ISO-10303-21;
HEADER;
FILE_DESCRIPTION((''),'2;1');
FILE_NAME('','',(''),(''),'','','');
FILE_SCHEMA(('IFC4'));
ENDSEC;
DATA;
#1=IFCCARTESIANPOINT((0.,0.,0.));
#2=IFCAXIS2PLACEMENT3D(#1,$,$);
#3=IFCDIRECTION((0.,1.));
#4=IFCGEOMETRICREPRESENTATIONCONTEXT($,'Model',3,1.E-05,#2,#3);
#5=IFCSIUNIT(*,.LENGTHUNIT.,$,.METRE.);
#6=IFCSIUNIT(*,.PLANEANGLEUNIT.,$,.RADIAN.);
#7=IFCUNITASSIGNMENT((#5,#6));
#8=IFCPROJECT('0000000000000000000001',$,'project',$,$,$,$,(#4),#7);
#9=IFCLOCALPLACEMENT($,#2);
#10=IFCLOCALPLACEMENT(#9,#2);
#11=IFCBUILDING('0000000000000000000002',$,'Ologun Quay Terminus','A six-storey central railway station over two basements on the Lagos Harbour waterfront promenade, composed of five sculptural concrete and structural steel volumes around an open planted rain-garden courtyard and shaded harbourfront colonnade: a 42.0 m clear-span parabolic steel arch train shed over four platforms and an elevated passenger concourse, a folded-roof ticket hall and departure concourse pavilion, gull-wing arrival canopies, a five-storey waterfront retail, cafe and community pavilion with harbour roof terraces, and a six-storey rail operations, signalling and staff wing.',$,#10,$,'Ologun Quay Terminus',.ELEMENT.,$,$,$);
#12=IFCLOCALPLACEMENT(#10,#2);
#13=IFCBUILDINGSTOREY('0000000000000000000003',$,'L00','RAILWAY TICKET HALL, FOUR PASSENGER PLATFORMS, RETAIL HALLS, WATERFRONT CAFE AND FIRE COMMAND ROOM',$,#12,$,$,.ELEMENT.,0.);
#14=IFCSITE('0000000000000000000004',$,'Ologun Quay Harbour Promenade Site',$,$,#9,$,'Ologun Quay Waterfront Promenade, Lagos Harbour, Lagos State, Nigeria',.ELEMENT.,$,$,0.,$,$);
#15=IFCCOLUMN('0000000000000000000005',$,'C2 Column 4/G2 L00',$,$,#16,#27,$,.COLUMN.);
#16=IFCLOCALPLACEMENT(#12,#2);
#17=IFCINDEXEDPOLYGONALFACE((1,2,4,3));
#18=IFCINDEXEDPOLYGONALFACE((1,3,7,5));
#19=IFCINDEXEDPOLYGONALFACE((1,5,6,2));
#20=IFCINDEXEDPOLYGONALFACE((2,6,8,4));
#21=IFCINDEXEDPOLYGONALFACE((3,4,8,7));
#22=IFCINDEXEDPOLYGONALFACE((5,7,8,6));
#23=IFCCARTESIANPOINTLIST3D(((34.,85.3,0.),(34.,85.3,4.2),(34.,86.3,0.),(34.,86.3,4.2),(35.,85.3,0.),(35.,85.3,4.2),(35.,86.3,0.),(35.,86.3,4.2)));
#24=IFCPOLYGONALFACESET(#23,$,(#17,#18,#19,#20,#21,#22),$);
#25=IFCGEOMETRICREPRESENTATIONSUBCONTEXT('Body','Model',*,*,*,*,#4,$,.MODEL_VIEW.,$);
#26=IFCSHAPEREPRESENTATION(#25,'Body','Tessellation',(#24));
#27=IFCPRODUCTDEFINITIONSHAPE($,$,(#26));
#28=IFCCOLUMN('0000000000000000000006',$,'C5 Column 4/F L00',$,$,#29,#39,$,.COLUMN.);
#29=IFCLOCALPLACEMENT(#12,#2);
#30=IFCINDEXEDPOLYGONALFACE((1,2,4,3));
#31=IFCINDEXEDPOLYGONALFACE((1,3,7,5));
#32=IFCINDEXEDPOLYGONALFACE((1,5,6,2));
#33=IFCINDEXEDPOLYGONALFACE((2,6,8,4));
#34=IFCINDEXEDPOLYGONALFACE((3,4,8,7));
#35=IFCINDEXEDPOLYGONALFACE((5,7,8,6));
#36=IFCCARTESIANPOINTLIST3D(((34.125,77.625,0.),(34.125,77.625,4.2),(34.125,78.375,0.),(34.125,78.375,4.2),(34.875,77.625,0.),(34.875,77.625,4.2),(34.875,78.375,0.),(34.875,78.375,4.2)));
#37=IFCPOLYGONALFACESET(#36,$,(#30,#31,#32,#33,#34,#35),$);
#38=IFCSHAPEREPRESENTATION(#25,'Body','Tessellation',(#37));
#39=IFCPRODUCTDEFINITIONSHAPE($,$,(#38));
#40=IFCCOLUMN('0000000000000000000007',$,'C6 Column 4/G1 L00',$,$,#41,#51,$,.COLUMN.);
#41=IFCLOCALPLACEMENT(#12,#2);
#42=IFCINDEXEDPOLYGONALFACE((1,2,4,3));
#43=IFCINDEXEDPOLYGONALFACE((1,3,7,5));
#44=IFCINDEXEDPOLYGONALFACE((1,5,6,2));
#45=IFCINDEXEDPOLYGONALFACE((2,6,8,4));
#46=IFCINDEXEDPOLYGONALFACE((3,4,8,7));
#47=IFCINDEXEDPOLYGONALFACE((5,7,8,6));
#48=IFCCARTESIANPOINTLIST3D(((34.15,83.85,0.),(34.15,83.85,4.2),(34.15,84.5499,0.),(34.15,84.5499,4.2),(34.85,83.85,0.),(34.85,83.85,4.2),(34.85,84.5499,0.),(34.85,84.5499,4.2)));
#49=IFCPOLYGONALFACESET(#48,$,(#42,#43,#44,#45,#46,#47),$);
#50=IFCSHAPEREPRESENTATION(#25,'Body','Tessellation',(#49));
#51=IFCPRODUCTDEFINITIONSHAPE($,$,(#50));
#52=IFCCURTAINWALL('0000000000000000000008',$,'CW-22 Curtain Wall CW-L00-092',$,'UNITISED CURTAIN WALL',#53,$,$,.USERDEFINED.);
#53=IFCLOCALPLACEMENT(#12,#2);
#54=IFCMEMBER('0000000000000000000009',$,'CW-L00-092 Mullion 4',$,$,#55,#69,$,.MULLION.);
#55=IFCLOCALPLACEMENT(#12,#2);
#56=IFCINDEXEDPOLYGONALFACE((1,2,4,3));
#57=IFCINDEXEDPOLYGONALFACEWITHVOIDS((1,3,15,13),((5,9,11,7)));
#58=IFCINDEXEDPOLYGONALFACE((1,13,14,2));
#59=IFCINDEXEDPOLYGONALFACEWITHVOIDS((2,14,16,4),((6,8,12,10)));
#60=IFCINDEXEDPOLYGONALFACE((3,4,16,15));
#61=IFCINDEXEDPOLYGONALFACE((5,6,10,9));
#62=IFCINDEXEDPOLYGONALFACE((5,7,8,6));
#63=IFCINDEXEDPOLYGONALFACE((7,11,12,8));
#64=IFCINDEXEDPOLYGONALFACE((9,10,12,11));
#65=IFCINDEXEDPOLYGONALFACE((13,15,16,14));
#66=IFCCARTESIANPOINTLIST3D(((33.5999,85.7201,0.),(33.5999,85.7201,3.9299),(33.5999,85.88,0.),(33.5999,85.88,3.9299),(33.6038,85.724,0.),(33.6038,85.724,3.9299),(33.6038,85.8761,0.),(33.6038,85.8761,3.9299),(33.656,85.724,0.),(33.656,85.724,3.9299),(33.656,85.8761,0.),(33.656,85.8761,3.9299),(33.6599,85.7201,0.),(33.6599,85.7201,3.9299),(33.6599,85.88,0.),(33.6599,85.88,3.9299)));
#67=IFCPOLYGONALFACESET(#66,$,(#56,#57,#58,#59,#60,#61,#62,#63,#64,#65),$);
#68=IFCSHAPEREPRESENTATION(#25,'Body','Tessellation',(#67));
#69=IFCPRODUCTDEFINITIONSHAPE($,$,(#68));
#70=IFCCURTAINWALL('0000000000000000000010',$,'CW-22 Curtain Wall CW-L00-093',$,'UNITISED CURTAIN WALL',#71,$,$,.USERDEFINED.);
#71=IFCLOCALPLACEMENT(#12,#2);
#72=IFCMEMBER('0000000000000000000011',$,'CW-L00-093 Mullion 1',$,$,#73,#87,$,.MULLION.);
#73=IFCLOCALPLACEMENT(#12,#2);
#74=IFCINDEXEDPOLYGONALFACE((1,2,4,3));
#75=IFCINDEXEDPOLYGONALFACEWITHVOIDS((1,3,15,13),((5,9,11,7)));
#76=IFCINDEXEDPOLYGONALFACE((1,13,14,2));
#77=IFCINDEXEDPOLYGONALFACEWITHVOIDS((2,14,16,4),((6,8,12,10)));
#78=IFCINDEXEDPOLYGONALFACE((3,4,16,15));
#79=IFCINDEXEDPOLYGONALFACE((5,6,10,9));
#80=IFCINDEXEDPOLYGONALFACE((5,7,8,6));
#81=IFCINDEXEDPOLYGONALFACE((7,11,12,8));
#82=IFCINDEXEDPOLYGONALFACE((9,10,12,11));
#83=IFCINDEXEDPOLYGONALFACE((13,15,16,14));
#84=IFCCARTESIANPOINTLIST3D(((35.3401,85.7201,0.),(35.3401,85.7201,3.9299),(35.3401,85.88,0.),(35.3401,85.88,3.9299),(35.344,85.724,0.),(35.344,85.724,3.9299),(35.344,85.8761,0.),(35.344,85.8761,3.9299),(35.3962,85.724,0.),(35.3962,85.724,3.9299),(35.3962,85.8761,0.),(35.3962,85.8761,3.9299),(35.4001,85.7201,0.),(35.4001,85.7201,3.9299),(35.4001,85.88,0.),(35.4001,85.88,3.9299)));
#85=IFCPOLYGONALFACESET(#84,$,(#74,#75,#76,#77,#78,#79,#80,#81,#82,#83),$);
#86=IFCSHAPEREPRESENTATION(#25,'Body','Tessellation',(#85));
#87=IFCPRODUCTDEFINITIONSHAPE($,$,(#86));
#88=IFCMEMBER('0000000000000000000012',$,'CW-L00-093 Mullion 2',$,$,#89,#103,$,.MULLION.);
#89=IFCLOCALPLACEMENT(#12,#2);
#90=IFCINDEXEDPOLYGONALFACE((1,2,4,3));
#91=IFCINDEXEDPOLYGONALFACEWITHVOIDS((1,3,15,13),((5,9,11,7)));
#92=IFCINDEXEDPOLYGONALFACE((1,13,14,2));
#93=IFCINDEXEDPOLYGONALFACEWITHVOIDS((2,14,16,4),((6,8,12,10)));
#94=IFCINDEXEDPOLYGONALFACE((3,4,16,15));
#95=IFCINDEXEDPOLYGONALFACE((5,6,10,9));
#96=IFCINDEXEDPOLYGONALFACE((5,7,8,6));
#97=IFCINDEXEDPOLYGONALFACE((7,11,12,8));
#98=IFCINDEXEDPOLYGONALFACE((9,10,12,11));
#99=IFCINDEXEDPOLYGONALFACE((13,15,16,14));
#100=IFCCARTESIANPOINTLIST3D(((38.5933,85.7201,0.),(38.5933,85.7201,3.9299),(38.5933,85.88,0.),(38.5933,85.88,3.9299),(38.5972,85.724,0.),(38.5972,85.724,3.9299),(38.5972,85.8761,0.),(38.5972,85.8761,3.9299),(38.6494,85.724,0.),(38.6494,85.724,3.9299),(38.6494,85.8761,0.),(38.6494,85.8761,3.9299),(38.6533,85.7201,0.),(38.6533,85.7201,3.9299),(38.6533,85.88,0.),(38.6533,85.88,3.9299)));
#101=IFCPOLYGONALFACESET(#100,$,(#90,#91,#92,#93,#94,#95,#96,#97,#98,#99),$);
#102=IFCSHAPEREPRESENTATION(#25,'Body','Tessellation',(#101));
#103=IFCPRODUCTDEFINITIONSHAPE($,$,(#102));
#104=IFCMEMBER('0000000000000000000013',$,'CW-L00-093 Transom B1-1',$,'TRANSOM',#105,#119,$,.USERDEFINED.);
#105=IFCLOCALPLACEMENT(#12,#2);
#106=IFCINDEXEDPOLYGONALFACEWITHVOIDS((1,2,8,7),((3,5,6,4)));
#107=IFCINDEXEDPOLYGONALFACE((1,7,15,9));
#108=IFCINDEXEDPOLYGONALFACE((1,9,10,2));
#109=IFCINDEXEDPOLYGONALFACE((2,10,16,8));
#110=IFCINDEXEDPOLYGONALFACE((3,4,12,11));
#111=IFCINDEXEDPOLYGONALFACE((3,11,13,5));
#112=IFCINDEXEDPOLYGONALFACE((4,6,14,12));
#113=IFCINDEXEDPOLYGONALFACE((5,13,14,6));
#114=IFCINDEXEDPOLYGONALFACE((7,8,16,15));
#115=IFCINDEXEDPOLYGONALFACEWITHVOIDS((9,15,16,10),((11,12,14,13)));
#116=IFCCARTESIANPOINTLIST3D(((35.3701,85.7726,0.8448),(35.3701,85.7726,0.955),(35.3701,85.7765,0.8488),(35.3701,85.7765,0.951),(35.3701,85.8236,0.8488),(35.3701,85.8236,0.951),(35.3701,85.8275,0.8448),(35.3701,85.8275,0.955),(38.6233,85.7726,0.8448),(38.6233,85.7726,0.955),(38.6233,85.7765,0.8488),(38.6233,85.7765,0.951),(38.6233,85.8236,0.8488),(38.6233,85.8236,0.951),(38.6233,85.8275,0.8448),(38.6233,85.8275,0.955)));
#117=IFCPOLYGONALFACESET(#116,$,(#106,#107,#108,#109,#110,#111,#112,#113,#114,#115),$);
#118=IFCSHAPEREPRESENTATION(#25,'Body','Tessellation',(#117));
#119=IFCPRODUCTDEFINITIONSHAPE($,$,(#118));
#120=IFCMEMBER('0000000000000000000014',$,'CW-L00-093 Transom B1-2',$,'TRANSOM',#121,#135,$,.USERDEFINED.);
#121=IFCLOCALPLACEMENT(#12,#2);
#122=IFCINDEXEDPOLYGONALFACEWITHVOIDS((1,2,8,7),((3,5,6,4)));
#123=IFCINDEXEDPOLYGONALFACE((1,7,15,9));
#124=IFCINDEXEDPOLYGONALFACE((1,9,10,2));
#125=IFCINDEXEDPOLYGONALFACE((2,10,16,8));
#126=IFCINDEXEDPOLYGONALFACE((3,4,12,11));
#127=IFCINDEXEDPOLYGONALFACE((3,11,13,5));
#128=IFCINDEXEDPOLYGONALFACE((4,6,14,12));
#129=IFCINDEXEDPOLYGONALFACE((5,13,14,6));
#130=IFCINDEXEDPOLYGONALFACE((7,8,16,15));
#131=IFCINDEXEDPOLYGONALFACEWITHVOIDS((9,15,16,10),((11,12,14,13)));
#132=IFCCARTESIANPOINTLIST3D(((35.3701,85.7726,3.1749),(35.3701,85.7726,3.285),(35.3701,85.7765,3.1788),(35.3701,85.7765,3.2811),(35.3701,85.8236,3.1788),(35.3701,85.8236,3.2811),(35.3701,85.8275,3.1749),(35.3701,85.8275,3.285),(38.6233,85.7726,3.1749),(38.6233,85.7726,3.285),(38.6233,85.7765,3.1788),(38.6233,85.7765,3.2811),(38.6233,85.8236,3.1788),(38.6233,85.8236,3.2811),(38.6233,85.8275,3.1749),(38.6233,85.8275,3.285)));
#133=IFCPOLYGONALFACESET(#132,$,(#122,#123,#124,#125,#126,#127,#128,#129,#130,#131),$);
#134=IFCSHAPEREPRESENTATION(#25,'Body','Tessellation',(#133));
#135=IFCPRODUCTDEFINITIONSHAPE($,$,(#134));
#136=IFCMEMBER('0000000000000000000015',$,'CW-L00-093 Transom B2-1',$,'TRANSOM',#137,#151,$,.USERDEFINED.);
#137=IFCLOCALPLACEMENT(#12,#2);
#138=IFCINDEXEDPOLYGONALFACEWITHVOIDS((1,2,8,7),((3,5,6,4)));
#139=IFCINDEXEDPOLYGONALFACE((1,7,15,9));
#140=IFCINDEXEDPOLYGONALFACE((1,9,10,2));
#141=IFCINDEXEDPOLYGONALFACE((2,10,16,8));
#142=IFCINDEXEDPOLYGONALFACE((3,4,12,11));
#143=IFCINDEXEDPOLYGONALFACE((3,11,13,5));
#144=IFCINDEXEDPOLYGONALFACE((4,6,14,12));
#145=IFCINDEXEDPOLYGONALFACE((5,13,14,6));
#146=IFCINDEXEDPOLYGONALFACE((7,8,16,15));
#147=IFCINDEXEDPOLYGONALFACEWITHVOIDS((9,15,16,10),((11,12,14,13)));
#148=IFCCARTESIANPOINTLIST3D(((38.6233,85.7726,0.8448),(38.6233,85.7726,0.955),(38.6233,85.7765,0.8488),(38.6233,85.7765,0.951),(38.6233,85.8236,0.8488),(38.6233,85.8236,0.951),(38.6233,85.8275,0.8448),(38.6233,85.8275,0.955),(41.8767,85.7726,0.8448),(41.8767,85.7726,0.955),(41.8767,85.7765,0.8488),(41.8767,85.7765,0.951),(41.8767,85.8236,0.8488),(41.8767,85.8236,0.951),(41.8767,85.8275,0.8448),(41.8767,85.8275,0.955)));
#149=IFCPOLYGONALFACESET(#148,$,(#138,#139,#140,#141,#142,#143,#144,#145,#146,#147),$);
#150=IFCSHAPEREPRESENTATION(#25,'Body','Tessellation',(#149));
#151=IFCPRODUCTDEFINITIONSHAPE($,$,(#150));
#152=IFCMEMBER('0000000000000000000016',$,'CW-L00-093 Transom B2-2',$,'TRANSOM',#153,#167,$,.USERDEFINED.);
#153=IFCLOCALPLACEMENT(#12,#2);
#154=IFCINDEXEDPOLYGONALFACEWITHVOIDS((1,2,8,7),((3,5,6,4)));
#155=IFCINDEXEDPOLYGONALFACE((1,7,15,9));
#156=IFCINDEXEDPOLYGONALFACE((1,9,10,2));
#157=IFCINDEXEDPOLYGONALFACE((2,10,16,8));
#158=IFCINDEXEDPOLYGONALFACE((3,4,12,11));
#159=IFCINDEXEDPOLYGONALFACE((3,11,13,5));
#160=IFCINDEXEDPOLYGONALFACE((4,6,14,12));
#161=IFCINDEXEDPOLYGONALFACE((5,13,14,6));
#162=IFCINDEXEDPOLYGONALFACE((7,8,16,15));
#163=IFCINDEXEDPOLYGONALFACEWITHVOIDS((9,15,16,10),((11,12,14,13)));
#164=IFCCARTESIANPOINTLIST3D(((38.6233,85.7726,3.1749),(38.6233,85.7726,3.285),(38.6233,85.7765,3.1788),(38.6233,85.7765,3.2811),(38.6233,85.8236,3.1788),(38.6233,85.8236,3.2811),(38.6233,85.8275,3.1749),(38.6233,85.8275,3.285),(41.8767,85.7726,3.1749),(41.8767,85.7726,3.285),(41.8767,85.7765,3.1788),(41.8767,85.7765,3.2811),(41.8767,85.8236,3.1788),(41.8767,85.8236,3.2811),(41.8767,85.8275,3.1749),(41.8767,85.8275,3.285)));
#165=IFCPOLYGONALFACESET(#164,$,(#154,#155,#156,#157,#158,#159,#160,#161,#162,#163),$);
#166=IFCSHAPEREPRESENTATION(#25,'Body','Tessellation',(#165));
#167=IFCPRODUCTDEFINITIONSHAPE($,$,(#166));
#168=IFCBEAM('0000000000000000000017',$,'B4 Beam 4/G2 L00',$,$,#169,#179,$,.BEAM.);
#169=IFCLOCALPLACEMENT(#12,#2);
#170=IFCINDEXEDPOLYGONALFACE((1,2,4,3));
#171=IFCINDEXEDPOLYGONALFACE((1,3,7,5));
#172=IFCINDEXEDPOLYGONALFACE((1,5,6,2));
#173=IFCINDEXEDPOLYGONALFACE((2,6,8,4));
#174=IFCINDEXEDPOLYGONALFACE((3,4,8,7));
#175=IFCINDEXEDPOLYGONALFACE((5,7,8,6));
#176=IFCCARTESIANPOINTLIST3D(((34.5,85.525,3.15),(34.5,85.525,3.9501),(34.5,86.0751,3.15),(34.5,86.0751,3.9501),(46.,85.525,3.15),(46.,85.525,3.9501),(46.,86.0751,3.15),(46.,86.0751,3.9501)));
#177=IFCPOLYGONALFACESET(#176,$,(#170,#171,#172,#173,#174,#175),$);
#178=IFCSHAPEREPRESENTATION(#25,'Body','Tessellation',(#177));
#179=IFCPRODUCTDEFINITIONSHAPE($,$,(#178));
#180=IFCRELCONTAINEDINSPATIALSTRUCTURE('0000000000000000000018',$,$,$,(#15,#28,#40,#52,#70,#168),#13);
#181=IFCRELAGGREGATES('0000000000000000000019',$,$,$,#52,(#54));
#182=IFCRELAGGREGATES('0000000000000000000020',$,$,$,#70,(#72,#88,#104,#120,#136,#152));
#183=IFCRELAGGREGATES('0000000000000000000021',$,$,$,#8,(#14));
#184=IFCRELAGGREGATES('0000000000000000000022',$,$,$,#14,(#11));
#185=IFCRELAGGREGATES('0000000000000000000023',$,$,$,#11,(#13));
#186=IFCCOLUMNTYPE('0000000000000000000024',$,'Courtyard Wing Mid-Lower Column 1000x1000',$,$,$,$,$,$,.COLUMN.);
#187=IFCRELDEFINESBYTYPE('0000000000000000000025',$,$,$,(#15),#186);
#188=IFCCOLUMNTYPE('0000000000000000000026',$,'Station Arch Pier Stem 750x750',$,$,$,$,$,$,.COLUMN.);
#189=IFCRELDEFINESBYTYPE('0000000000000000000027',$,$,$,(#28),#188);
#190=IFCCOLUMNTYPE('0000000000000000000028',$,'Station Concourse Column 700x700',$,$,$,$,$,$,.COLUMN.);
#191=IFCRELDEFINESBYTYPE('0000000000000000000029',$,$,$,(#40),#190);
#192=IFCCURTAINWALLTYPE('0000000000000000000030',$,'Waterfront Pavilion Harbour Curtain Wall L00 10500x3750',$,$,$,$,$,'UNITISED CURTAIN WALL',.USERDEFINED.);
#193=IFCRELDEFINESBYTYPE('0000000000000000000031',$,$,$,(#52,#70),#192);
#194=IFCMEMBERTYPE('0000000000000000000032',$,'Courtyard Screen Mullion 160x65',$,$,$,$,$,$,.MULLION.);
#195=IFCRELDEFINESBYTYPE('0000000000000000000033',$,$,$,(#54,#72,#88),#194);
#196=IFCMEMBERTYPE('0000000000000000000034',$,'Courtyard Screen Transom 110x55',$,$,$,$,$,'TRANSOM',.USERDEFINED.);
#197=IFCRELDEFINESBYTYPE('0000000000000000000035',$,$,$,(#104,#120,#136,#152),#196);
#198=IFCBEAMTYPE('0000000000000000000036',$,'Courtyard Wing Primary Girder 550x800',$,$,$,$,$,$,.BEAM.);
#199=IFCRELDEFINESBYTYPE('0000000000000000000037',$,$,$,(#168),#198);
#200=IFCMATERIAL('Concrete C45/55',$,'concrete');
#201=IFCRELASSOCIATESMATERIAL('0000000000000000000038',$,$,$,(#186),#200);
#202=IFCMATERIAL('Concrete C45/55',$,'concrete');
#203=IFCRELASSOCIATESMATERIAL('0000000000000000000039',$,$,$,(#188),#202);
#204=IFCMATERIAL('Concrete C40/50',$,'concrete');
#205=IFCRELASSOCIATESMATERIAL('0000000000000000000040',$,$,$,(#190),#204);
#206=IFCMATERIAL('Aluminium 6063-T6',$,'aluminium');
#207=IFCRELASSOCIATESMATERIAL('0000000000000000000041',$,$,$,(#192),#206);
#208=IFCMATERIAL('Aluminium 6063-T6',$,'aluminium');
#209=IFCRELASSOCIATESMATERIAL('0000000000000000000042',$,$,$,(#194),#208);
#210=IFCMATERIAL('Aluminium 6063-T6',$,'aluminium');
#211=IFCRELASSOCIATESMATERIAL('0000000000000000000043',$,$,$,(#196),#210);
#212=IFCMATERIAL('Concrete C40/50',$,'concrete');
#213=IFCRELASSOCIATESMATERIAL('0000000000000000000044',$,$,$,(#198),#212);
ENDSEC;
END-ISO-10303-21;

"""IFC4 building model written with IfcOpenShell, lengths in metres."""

from ifc_helpers import new_model, si_unit, direction, frame, origin, origin_2d, place, context, subcontext, project, spatial, rectangle, hollow_rectangle, extrude, material, material_profile, profile_set, type_object, element, aggregate, save


model = new_model("IFC4")

# Units and contexts
model_context = context("Model", 3, precision=1e-05, world=origin(), true_north=direction((0.0, 1.0)))
body_context = subcontext(model_context, "Body", "Model", "MODEL_VIEW")
ifc_project = project(units=[si_unit("LENGTHUNIT", "METRE"), si_unit("PLANEANGLEUNIT", "RADIAN")], contexts=[model_context])

# Site, building, storey
site_placement = place(None, origin())
site = spatial("IfcSite", under=ifc_project, at=site_placement, Name="Ologun Quay Harbour Promenade Site", LongName="Ologun Quay Waterfront Promenade, Lagos Harbour, Lagos State, Nigeria", CompositionType="ELEMENT", RefElevation=0.0)
building_placement = place(site_placement, origin())
building = spatial("IfcBuilding", under=site, at=building_placement, Name="Ologun Quay Terminus", Description="A six-storey central railway station over two basements on the Lagos Harbour waterfront promenade, composed of five sculptural concrete and structural steel volumes around an open planted rain-garden courtyard and shaded harbourfront colonnade: a 42.0 m clear-span parabolic steel arch train shed over four platforms and an elevated passenger concourse, a folded-roof ticket hall and departure concourse pavilion, gull-wing arrival canopies, a five-storey waterfront retail, cafe and community pavilion with harbour roof terraces, and a six-storey rail operations, signalling and staff wing.", LongName="Ologun Quay Terminus", CompositionType="ELEMENT")
storey_placement = place(building_placement, origin())
storey = spatial("IfcBuildingStorey", under=building, at=storey_placement, Name="L00", Description="RAILWAY TICKET HALL, FOUR PASSENGER PLATFORMS, RETAIL HALLS, WATERFRONT CAFE AND FIRE COMMAND ROOM", CompositionType="ELEMENT", Elevation=0.0)

# Columns
ifc_material_1 = material(Name="Concrete C45/55", Category="concrete")
ifc_material_profile_1 = material_profile(ifc_material_1, rectangle(XDim=1.0, YDim=1.0, at=origin_2d()), Name="RC 1000x1000")
ifc_profile_set_1 = profile_set([ifc_material_profile_1], Name="Concrete C45/55")
column_type_1 = type_object("IfcColumnType", Name="Courtyard Wing Mid-Lower Column 1000x1000", PredefinedType="COLUMN", material=ifc_profile_set_1)
column_1_placement = place(storey_placement, frame((34.5, 85.8, 0.0), z_axis=(0.0, 0.0, 1.0), x_axis=(1.0, 0.0, 0.0)))
element("IfcColumn", 1, at=column_1_placement, inside=storey, type_object=column_type_1, Name="C2 Column 4/G2 L00", PredefinedType="COLUMN", context=body_context, shape_type="SweptSolid", body=[
    extrude(rectangle(XDim=1.0, YDim=1.0, at=origin_2d()), origin(), (0.0, 0.0, 1.0), 4.2),
])
ifc_material_2 = material(Name="Concrete C45/55", Category="concrete")
ifc_material_profile_2 = material_profile(ifc_material_2, rectangle(XDim=0.75, YDim=0.75, at=origin_2d()), Name="RC 750x750")
ifc_profile_set_2 = profile_set([ifc_material_profile_2], Name="Concrete C45/55")
column_type_2 = type_object("IfcColumnType", Name="Station Arch Pier Stem 750x750", PredefinedType="COLUMN", material=ifc_profile_set_2)
column_2_placement = place(storey_placement, frame((34.5, 78.0, 0.0), z_axis=(0.0, 0.0, 1.0), x_axis=(1.0, 0.0, 0.0)))
element("IfcColumn", 2, at=column_2_placement, inside=storey, type_object=column_type_2, Name="C5 Column 4/F L00", PredefinedType="COLUMN", context=body_context, shape_type="SweptSolid", body=[
    extrude(rectangle(XDim=0.75, YDim=0.75, at=origin_2d()), origin(), (0.0, 0.0, 1.0), 4.2),
])
ifc_material_3 = material(Name="Concrete C40/50", Category="concrete")
ifc_material_profile_3 = material_profile(ifc_material_3, rectangle(XDim=0.7, YDim=0.7, at=origin_2d()), Name="RC 700x700")
ifc_profile_set_3 = profile_set([ifc_material_profile_3], Name="Concrete C40/50")
column_type_3 = type_object("IfcColumnType", Name="Station Concourse Column 700x700", PredefinedType="COLUMN", material=ifc_profile_set_3)
column_3_placement = place(storey_placement, frame((34.5, 84.2, 0.0), z_axis=(0.0, 0.0, 1.0), x_axis=(1.0, 0.0, 0.0)))
element("IfcColumn", 3, at=column_3_placement, inside=storey, type_object=column_type_3, Name="C6 Column 4/G1 L00", PredefinedType="COLUMN", context=body_context, shape_type="SweptSolid", body=[
    extrude(rectangle(XDim=0.7, YDim=0.7, at=origin_2d()), origin(), (0.0, 0.0, 1.0), 4.2),
])

# Curtain wall, member
ifc_material_4 = material(Name="Aluminium 6063-T6", Category="aluminium")
curtain_wall_type = type_object("IfcCurtainWallType", Name="Waterfront Pavilion Harbour Curtain Wall L00 10500x3750", ElementType="UNITISED CURTAIN WALL", PredefinedType="USERDEFINED", material=ifc_material_4)
curtain_wall_1_placement = place(storey_placement, origin())
curtain_wall_1 = element("IfcCurtainWall", 4, at=curtain_wall_1_placement, inside=storey, type_object=curtain_wall_type, Name="CW-22 Curtain Wall CW-L00-092", ObjectType="UNITISED CURTAIN WALL", PredefinedType="USERDEFINED")
ifc_material_5 = material(Name="Aluminium 6063-T6", Category="aluminium")
ifc_material_profile_4 = material_profile(ifc_material_5, hollow_rectangle(XDim=0.0601, YDim=0.1599, WallThickness=0.0039, at=origin_2d()), Name="ALU 160x60x4")
ifc_profile_set_4 = profile_set([ifc_material_profile_4], Name="Aluminium 6063-T6")
member_type_1 = type_object("IfcMemberType", Name="Courtyard Screen Mullion 160x65", PredefinedType="MULLION", material=ifc_profile_set_4)
member_1_placement = place(storey_placement, frame((33.6299, 85.8, 0.0), z_axis=(0.0, 0.0, 1.0), x_axis=(1.0, 0.0, 0.0)))
member_1 = element("IfcMember", 5, at=member_1_placement, type_object=member_type_1, Name="CW-L00-092 Mullion 4", PredefinedType="MULLION", context=body_context, shape_type="SweptSolid", body=[
    extrude(hollow_rectangle(XDim=0.0601, YDim=0.1599, WallThickness=0.0039, at=origin_2d()), origin(), (0.0, 0.0, 1.0), 3.9299),
])

# Curtain wall, members
curtain_wall_2_placement = place(storey_placement, origin())
curtain_wall_2 = element("IfcCurtainWall", 6, at=curtain_wall_2_placement, inside=storey, type_object=curtain_wall_type, Name="CW-22 Curtain Wall CW-L00-093", ObjectType="UNITISED CURTAIN WALL", PredefinedType="USERDEFINED")
member_2_placement = place(storey_placement, frame((35.3701, 85.8, 0.0), z_axis=(0.0, 0.0, 1.0), x_axis=(1.0, 0.0, 0.0)))
member_2 = element("IfcMember", 7, at=member_2_placement, type_object=member_type_1, Name="CW-L00-093 Mullion 1", PredefinedType="MULLION", context=body_context, shape_type="SweptSolid", body=[
    extrude(hollow_rectangle(XDim=0.0601, YDim=0.1599, WallThickness=0.0039, at=origin_2d()), origin(), (0.0, 0.0, 1.0), 3.9299),
])
member_3_placement = place(storey_placement, frame((38.6233, 85.8, 0.0), z_axis=(0.0, 0.0, 1.0), x_axis=(1.0, 0.0, 0.0)))
member_3 = element("IfcMember", 8, at=member_3_placement, type_object=member_type_1, Name="CW-L00-093 Mullion 2", PredefinedType="MULLION", context=body_context, shape_type="SweptSolid", body=[
    extrude(hollow_rectangle(XDim=0.0601, YDim=0.1599, WallThickness=0.0039, at=origin_2d()), origin(), (0.0, 0.0, 1.0), 3.9299),
])
ifc_material_6 = material(Name="Aluminium 6063-T6", Category="aluminium")
ifc_material_profile_5 = material_profile(ifc_material_6, hollow_rectangle(XDim=0.0549, YDim=0.1101, WallThickness=0.0039, at=origin_2d()), Name="ALU 110x55x4")
ifc_profile_set_5 = profile_set([ifc_material_profile_5], Name="Aluminium 6063-T6")
member_type_2 = type_object("IfcMemberType", Name="Courtyard Screen Transom 110x55", ElementType="TRANSOM", PredefinedType="USERDEFINED", material=ifc_profile_set_5)
member_4_placement = place(storey_placement, frame((35.3701, 85.8, 0.8999), z_axis=(1.0, 0.0, 0.0), x_axis=(0.0, 1.0, 0.0)))
member_4 = element("IfcMember", 9, at=member_4_placement, type_object=member_type_2, Name="CW-L00-093 Transom B1-1", ObjectType="TRANSOM", PredefinedType="USERDEFINED", context=body_context, shape_type="SweptSolid", body=[
    extrude(hollow_rectangle(XDim=0.0549, YDim=0.1101, WallThickness=0.0039, at=origin_2d()), origin(), (0.0, 0.0, 1.0), 3.2532),
])
member_5_placement = place(storey_placement, frame((35.3701, 85.8, 3.23), z_axis=(1.0, 0.0, 0.0), x_axis=(0.0, 1.0, 0.0)))
member_5 = element("IfcMember", 10, at=member_5_placement, type_object=member_type_2, Name="CW-L00-093 Transom B1-2", ObjectType="TRANSOM", PredefinedType="USERDEFINED", context=body_context, shape_type="SweptSolid", body=[
    extrude(hollow_rectangle(XDim=0.0549, YDim=0.1101, WallThickness=0.0039, at=origin_2d()), origin(), (0.0, 0.0, 1.0), 3.2532),
])
member_6_placement = place(storey_placement, frame((38.6233, 85.8, 0.8999), z_axis=(1.0, 0.0, 0.0), x_axis=(0.0, 1.0, 0.0)))
member_6 = element("IfcMember", 11, at=member_6_placement, type_object=member_type_2, Name="CW-L00-093 Transom B2-1", ObjectType="TRANSOM", PredefinedType="USERDEFINED", context=body_context, shape_type="SweptSolid", body=[
    extrude(hollow_rectangle(XDim=0.0549, YDim=0.1101, WallThickness=0.0039, at=origin_2d()), origin(), (0.0, 0.0, 1.0), 3.2534),
])
member_7_placement = place(storey_placement, frame((38.6233, 85.8, 3.23), z_axis=(1.0, 0.0, 0.0), x_axis=(0.0, 1.0, 0.0)))
member_7 = element("IfcMember", 12, at=member_7_placement, type_object=member_type_2, Name="CW-L00-093 Transom B2-2", ObjectType="TRANSOM", PredefinedType="USERDEFINED", context=body_context, shape_type="SweptSolid", body=[
    extrude(hollow_rectangle(XDim=0.0549, YDim=0.1101, WallThickness=0.0039, at=origin_2d()), origin(), (0.0, 0.0, 1.0), 3.2534),
])

# Beam
ifc_material_7 = material(Name="Concrete C40/50", Category="concrete")
ifc_material_profile_6 = material_profile(ifc_material_7, rectangle(XDim=0.55, YDim=0.8, at=origin_2d()), Name="RC 550x800")
ifc_profile_set_6 = profile_set([ifc_material_profile_6], Name="Concrete C40/50")
beam_type_1 = type_object("IfcBeamType", Name="Courtyard Wing Primary Girder 550x800", PredefinedType="BEAM", material=ifc_profile_set_6)
beam_1_placement = place(storey_placement, frame((34.5, 85.8, 3.55), z_axis=(1.0, 0.0, 0.0), x_axis=(0.0, 1.0, 0.0)))
element("IfcBeam", 13, at=beam_1_placement, inside=storey, type_object=beam_type_1, Name="B4 Beam 4/G2 L00", PredefinedType="BEAM", context=body_context, shape_type="SweptSolid", body=[
    extrude(rectangle(XDim=0.55, YDim=0.8, at=origin_2d()), origin(), (0.0, 0.0, 1.0), 11.5),
])

aggregate(curtain_wall_1, [member_1])
aggregate(curtain_wall_2, [member_2, member_3, member_4, member_5, member_6, member_7])

save(model, "model.ifc")
